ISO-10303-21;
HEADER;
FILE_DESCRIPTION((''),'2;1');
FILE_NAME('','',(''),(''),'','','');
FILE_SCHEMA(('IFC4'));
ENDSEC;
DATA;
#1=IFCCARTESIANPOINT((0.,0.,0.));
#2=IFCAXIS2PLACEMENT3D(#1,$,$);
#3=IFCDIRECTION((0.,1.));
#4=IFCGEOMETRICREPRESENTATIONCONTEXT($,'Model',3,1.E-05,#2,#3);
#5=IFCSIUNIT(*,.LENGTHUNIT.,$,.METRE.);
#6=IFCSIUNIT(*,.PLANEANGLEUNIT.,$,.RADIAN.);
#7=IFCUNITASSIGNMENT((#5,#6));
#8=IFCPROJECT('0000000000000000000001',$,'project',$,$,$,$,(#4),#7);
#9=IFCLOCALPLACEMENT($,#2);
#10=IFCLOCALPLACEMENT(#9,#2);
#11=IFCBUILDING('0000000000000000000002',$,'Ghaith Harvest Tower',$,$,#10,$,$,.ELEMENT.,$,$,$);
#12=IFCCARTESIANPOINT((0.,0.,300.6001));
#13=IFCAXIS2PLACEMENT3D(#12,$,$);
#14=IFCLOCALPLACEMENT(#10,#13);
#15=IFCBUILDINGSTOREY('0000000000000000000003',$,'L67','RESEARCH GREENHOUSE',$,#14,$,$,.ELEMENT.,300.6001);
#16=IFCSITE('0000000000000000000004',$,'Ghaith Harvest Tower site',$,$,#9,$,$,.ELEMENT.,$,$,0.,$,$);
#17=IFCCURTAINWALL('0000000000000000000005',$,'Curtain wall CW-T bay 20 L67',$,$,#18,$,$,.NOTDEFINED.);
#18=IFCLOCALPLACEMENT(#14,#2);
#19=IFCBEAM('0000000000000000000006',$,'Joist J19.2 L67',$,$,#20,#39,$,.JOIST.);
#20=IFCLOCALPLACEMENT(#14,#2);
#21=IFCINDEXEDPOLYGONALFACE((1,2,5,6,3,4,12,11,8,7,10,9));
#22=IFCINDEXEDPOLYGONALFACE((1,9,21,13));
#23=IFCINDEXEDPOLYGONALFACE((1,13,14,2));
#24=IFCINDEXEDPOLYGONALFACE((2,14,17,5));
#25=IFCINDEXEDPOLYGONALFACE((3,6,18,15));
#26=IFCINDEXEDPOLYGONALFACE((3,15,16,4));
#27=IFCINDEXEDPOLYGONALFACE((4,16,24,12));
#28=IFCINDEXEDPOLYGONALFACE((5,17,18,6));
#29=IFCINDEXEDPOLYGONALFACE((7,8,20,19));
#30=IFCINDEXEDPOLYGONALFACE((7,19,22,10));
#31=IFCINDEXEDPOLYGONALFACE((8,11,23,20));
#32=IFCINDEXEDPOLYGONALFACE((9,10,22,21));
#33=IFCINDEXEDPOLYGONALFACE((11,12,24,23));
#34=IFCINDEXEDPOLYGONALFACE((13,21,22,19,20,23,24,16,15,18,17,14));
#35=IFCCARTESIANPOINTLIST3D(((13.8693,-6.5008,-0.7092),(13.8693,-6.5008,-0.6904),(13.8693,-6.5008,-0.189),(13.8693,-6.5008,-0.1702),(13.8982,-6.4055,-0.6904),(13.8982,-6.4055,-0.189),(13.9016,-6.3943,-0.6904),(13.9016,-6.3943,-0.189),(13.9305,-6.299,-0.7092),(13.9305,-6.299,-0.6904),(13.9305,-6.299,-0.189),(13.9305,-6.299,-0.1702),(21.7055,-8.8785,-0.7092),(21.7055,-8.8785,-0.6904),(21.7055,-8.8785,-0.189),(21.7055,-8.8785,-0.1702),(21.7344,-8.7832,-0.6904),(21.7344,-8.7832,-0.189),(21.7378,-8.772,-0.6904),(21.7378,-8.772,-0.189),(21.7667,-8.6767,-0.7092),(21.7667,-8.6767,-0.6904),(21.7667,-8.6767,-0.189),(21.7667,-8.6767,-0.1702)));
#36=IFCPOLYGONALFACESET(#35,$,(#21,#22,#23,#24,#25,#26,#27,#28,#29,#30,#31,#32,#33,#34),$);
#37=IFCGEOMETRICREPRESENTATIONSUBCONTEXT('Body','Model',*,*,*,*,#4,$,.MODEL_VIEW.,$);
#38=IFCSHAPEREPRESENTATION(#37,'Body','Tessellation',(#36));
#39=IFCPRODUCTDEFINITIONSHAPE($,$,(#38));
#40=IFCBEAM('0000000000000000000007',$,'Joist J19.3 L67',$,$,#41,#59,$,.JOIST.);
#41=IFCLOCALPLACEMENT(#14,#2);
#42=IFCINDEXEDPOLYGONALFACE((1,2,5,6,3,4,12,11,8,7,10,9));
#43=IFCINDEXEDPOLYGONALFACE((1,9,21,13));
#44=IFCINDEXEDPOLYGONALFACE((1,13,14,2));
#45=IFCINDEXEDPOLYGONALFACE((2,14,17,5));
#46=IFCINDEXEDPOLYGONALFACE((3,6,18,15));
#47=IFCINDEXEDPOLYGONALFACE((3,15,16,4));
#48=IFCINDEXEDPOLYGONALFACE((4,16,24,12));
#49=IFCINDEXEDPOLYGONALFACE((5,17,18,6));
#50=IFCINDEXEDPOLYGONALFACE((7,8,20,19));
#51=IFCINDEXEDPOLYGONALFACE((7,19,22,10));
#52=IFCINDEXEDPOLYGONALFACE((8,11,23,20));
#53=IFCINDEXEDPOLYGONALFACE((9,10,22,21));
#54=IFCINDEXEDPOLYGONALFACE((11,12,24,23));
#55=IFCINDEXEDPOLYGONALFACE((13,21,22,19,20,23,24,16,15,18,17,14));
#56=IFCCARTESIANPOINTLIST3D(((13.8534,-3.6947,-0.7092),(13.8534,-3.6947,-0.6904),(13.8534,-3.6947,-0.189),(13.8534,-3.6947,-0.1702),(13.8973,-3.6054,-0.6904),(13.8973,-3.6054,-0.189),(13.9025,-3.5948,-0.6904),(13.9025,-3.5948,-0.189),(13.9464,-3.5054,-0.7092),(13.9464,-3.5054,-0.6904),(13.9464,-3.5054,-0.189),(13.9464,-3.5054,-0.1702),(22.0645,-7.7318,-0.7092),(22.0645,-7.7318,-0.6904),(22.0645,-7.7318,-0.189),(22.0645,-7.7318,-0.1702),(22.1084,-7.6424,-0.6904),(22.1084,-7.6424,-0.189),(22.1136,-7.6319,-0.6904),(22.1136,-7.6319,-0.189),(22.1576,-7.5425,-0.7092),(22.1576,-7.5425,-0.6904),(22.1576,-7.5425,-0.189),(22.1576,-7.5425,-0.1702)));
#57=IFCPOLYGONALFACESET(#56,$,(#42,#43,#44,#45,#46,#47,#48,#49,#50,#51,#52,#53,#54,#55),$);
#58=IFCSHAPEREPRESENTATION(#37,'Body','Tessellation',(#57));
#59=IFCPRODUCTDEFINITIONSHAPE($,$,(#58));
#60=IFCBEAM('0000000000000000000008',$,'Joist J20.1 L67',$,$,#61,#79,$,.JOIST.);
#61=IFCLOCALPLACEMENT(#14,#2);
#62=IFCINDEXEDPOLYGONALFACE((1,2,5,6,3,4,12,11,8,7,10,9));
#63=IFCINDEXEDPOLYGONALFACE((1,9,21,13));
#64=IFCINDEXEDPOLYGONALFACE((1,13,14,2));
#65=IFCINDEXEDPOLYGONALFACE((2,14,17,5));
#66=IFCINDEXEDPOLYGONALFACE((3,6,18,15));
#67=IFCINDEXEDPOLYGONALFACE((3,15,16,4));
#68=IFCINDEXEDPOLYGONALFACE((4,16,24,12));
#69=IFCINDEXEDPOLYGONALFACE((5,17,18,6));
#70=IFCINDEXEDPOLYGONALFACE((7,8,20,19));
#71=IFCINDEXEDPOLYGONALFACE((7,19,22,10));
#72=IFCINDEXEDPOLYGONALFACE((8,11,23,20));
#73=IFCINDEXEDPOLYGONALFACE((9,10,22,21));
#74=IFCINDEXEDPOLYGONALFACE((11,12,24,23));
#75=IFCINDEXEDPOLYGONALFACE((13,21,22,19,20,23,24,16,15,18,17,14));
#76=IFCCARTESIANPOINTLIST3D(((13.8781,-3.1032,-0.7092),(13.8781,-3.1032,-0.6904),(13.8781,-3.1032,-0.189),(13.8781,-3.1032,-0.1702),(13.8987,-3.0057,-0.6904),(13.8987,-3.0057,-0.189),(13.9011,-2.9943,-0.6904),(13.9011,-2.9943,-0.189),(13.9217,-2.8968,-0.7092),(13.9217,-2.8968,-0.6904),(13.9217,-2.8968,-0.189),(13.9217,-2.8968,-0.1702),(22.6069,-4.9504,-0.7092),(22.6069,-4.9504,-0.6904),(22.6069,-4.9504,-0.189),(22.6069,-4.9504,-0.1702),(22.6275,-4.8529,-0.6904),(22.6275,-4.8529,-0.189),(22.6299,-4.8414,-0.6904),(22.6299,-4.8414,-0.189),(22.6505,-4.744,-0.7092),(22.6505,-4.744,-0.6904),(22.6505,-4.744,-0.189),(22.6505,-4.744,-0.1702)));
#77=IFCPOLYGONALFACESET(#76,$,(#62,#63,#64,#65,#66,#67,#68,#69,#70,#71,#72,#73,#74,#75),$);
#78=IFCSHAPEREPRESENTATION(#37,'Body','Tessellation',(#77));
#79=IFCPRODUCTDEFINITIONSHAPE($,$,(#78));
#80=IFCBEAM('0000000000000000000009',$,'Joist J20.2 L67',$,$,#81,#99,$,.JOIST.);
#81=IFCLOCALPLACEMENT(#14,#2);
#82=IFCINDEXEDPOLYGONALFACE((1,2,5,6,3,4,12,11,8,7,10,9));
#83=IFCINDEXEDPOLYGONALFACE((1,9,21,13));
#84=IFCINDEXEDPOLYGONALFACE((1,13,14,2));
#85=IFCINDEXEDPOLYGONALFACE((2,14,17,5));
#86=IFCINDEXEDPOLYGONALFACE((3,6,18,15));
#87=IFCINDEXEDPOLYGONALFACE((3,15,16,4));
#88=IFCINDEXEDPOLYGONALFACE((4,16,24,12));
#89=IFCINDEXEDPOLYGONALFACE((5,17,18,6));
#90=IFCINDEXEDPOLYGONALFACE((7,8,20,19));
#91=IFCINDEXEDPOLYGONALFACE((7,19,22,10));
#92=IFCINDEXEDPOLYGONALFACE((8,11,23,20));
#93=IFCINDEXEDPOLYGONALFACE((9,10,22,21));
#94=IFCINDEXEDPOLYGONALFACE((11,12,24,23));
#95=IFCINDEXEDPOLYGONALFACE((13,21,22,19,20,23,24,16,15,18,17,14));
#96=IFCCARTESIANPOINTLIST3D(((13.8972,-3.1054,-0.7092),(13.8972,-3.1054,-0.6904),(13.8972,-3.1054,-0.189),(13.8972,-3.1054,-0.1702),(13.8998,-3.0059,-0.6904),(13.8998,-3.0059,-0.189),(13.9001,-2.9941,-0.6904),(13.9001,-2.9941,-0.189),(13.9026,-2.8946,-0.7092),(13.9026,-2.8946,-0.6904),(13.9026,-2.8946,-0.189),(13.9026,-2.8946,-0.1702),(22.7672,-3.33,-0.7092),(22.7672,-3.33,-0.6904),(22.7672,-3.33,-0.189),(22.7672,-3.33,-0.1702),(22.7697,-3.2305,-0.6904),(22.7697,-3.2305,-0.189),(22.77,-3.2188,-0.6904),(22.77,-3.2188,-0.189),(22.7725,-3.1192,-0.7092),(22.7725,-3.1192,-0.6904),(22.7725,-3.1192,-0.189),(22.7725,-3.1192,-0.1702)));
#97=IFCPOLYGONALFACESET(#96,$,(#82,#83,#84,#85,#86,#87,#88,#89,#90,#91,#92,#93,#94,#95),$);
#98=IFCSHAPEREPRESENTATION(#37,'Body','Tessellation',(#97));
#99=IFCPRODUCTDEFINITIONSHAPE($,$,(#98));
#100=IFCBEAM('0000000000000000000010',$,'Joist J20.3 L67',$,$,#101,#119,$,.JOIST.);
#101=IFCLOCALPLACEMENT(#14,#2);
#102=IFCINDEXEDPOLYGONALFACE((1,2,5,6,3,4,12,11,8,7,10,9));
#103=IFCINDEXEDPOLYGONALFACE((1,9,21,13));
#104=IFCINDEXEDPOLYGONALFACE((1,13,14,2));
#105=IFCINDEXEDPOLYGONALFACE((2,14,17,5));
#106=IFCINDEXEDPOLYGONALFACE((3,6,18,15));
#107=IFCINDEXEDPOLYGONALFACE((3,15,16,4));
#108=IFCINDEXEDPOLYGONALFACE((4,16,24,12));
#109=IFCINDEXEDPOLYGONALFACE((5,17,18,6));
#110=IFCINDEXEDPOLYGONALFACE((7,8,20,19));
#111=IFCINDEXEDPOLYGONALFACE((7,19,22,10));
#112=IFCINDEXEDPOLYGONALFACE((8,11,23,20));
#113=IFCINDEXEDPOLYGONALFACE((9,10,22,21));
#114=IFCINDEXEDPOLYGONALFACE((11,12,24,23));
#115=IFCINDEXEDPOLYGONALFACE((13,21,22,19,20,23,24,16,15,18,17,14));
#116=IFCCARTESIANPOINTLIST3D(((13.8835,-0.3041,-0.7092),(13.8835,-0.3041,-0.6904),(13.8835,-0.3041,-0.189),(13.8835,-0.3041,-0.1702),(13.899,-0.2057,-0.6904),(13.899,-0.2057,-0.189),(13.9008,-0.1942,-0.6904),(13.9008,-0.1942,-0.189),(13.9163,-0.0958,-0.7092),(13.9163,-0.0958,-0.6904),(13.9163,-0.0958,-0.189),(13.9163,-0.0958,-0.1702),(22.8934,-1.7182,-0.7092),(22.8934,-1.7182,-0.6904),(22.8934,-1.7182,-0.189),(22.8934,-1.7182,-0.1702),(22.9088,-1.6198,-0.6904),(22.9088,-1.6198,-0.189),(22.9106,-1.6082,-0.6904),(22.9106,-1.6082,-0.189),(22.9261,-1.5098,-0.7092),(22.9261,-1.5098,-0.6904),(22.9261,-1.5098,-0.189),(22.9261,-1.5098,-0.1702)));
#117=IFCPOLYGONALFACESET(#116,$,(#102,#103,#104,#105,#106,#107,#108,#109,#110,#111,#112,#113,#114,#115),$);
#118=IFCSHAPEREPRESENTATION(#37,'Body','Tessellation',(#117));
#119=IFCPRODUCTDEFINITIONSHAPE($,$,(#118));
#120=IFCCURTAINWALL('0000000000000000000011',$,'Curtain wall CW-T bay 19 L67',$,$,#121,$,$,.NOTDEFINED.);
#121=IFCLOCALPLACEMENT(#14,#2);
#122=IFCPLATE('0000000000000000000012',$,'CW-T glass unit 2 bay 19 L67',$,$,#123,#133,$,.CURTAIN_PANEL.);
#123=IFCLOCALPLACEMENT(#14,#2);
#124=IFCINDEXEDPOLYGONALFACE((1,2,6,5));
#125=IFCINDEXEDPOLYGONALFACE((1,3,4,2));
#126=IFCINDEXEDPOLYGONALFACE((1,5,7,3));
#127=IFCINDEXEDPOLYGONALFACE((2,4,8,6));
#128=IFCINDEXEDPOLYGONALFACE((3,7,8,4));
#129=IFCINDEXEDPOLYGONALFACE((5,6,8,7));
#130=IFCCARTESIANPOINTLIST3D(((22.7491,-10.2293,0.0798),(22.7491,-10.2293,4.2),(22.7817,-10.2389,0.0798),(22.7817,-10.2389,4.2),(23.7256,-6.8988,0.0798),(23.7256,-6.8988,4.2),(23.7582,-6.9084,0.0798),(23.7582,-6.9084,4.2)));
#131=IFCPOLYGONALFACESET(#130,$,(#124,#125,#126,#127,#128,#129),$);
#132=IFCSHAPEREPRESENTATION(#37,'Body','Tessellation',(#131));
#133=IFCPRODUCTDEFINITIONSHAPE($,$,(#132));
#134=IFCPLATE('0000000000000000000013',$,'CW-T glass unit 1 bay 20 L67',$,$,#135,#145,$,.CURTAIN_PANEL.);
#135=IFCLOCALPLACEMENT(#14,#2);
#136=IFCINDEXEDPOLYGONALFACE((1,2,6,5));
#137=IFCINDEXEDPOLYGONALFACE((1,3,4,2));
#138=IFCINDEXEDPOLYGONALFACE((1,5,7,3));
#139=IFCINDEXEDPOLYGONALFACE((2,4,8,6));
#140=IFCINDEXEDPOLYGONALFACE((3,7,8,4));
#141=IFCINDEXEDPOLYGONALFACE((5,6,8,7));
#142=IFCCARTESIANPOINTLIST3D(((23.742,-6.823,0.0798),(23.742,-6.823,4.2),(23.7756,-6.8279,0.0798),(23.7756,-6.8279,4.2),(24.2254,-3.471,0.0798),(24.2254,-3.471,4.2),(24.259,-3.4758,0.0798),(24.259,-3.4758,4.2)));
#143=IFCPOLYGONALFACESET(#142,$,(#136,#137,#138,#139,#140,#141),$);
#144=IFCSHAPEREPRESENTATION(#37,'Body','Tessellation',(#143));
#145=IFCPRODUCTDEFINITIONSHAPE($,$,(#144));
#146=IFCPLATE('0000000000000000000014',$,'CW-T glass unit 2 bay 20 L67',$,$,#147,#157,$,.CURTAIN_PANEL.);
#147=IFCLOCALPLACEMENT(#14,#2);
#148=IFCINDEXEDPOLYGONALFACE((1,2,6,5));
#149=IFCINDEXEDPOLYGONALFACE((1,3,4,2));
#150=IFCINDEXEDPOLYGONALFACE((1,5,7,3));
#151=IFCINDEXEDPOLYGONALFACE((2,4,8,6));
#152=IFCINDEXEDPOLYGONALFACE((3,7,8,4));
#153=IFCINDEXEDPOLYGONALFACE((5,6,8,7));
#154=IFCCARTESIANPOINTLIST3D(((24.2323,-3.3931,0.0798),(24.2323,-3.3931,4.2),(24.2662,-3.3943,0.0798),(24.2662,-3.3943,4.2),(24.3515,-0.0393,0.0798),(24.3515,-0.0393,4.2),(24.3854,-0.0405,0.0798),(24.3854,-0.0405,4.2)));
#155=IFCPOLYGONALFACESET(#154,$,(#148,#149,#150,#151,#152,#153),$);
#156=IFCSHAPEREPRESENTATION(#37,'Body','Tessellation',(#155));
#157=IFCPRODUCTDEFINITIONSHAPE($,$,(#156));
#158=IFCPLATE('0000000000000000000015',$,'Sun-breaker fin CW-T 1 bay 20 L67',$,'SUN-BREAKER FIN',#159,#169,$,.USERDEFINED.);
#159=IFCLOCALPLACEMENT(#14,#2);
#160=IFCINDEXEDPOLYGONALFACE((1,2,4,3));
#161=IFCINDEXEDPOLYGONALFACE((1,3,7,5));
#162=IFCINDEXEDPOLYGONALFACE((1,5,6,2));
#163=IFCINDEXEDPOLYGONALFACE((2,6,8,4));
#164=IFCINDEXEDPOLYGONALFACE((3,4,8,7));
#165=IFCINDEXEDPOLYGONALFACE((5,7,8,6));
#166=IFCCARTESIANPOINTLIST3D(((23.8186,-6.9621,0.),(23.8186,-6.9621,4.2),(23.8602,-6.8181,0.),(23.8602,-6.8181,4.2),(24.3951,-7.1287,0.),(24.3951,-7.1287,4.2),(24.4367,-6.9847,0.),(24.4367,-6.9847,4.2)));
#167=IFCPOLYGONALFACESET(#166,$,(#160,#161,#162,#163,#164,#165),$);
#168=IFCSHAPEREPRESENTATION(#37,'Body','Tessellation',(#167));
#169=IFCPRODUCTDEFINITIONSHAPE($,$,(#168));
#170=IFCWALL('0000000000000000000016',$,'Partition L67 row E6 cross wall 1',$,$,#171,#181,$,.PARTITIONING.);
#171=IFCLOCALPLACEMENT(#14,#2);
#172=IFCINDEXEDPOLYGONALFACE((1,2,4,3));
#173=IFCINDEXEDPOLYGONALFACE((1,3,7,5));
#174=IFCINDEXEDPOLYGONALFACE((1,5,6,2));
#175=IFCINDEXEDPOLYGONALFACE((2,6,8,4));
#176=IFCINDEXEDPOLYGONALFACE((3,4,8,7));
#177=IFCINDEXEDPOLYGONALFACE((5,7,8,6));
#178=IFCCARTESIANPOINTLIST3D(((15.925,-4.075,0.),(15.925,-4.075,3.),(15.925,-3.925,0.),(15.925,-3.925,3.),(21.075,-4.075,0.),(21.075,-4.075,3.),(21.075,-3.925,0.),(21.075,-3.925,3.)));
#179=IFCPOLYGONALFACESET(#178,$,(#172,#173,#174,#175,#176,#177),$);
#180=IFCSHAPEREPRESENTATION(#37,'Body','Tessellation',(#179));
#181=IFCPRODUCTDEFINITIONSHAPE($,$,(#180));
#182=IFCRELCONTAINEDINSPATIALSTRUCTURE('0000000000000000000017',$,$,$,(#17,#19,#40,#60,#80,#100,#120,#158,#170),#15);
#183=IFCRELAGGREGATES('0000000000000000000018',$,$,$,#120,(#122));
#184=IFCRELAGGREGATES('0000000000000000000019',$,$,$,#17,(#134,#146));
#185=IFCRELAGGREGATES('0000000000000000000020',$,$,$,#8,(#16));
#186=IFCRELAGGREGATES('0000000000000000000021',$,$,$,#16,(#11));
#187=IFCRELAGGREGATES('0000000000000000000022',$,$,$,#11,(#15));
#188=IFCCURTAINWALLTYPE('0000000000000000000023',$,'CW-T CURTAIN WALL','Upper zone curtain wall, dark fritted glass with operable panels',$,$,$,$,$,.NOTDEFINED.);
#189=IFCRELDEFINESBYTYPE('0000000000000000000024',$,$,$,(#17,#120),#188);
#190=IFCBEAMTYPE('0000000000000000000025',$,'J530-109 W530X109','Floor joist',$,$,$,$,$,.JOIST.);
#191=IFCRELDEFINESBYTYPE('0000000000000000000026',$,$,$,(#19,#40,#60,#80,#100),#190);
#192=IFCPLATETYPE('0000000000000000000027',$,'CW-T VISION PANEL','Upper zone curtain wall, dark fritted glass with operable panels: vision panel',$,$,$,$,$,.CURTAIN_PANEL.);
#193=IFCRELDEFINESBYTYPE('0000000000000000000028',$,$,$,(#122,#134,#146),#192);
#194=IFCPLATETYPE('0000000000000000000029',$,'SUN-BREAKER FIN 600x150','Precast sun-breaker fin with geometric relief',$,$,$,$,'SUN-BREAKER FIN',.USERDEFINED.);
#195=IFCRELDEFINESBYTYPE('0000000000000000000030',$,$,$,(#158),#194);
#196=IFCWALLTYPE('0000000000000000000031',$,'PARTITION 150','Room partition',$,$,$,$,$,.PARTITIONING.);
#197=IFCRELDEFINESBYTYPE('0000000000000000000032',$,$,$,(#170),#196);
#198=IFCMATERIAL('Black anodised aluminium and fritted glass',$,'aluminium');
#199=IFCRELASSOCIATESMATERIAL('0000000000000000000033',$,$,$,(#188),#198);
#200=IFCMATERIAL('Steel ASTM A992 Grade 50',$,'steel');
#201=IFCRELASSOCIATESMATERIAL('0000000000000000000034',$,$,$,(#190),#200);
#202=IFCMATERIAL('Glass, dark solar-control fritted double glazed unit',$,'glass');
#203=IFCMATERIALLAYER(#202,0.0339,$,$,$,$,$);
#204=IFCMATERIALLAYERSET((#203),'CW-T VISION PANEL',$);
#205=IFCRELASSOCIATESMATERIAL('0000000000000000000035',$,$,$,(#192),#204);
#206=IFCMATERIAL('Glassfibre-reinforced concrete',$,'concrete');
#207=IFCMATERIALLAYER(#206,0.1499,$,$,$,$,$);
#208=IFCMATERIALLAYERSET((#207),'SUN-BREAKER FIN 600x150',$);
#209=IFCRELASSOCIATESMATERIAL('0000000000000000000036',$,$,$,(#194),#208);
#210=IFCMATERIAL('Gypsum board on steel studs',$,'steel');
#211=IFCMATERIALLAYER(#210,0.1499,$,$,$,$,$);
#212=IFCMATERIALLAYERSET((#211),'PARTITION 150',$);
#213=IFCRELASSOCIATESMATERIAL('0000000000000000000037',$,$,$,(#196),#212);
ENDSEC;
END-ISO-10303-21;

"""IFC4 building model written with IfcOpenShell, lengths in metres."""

from ifc_helpers import new_model, si_unit, direction, frame, frame_2d, origin, origin_2d, place, context, subcontext, project, spatial, rectangle, i_section, extrude, material, layer, layer_set, material_profile, profile_set, type_object, element, aggregate, save


model = new_model("IFC4")

# Units and contexts
model_context = context("Model", 3, precision=1e-05, world=origin(), true_north=direction((0.0, 1.0)))
body_context = subcontext(model_context, "Body", "Model", "MODEL_VIEW")
ifc_project = project(units=[si_unit("LENGTHUNIT", "METRE"), si_unit("PLANEANGLEUNIT", "RADIAN")], contexts=[model_context])

# Site, building, storey
site_placement = place(None, origin())
site = spatial("IfcSite", under=ifc_project, at=site_placement, Name="Ghaith Harvest Tower site", CompositionType="ELEMENT", RefElevation=0.0)
building_placement = place(site_placement, origin())
building = spatial("IfcBuilding", under=site, at=building_placement, Name="Ghaith Harvest Tower", CompositionType="ELEMENT")
storey_placement = place(building_placement, frame((0.0, 0.0, 300.6001)))
storey = spatial("IfcBuildingStorey", under=building, at=storey_placement, Name="L67", Description="RESEARCH GREENHOUSE", CompositionType="ELEMENT", Elevation=300.6001)

# Curtain wall
ifc_material_1 = material(Name="Black anodised aluminium and fritted glass", Category="aluminium")
curtain_wall_type = type_object("IfcCurtainWallType", Name="CW-T CURTAIN WALL", Description="Upper zone curtain wall, dark fritted glass with operable panels", PredefinedType="NOTDEFINED", material=ifc_material_1)
curtain_wall_1_placement = place(storey_placement, origin())
curtain_wall_1 = element("IfcCurtainWall", 1, at=curtain_wall_1_placement, inside=storey, type_object=curtain_wall_type, Name="Curtain wall CW-T bay 20 L67", PredefinedType="NOTDEFINED")

# Beams
ifc_material_2 = material(Name="Steel ASTM A992 Grade 50", Category="steel")
ifc_material_profile_1 = material_profile(ifc_material_2, i_section(OverallWidth=0.2109, OverallDepth=0.5391, WebThickness=0.0117, FlangeThickness=0.0188, at=origin_2d()), Name="W530X109")
ifc_profile_set_1 = profile_set([ifc_material_profile_1], Name="Steel ASTM A992 Grade 50")
beam_type_1 = type_object("IfcBeamType", Name="J530-109 W530X109", Description="Floor joist", PredefinedType="JOIST", material=ifc_profile_set_1)
beam_1_placement = place(storey_placement, frame((13.8999, -6.3999, -0.4397), z_axis=(0.95692, -0.290352, 0.0), x_axis=(0.290352, 0.95692, 0.0)))
element("IfcBeam", 2, at=beam_1_placement, inside=storey, type_object=beam_type_1, Name="Joist J19.2 L67", PredefinedType="JOIST", context=body_context, shape_type="SweptSolid", body=[
    extrude(i_section(OverallWidth=0.2109, OverallDepth=0.5391, WebThickness=0.0117, FlangeThickness=0.0188, at=origin_2d()), origin(), (0.0, 0.0, 1.0), 8.189),
])
beam_2_placement = place(storey_placement, frame((13.8999, -3.6001, -0.4397), z_axis=(0.897401, -0.441216, 0.0), x_axis=(0.441216, 0.897401, 0.0)))
element("IfcBeam", 3, at=beam_2_placement, inside=storey, type_object=beam_type_1, Name="Joist J19.3 L67", PredefinedType="JOIST", context=body_context, shape_type="SweptSolid", body=[
    extrude(i_section(OverallWidth=0.2109, OverallDepth=0.5391, WebThickness=0.0117, FlangeThickness=0.0188, at=origin_2d()), origin(), (0.0, 0.0, 1.0), 9.1499),
])
beam_3_placement = place(storey_placement, frame((13.8999, -3.0, -0.4397), z_axis=(0.978334, -0.207034, 0.0), x_axis=(0.207034, 0.978334, 0.0)))
element("IfcBeam", 4, at=beam_3_placement, inside=storey, type_object=beam_type_1, Name="Joist J20.1 L67", PredefinedType="JOIST", context=body_context, shape_type="SweptSolid", body=[
    extrude(i_section(OverallWidth=0.2109, OverallDepth=0.5391, WebThickness=0.0117, FlangeThickness=0.0188, at=origin_2d()), origin(), (0.0, 0.0, 1.0), 8.9221),
])
beam_4_placement = place(storey_placement, frame((13.8999, -3.0, -0.4397), z_axis=(0.99968, -0.025315, 0.0), x_axis=(0.025315, 0.99968, 0.0)))
element("IfcBeam", 5, at=beam_4_placement, inside=storey, type_object=beam_type_1, Name="Joist J20.2 L67", PredefinedType="JOIST", context=body_context, shape_type="SweptSolid", body=[
    extrude(i_section(OverallWidth=0.2109, OverallDepth=0.5391, WebThickness=0.0117, FlangeThickness=0.0188, at=origin_2d()), origin(), (0.0, 0.0, 1.0), 8.8728),
])
beam_5_placement = place(storey_placement, frame((13.8999, -0.2, -0.4397), z_axis=(0.987907, -0.15505, 0.0), x_axis=(0.15505, 0.987907, 0.0)))
element("IfcBeam", 6, at=beam_5_placement, inside=storey, type_object=beam_type_1, Name="Joist J20.3 L67", PredefinedType="JOIST", context=body_context, shape_type="SweptSolid", body=[
    extrude(i_section(OverallWidth=0.2109, OverallDepth=0.5391, WebThickness=0.0117, FlangeThickness=0.0188, at=origin_2d()), origin(), (0.0, 0.0, 1.0), 9.1201),
])

# Curtain wall, plate
curtain_wall_2_placement = place(storey_placement, origin())
curtain_wall_2 = element("IfcCurtainWall", 7, at=curtain_wall_2_placement, inside=storey, type_object=curtain_wall_type, Name="Curtain wall CW-T bay 19 L67", PredefinedType="NOTDEFINED")
ifc_material_3 = material(Name="Glass, dark solar-control fritted double glazed unit", Category="glass")
ifc_layer_1 = layer(ifc_material_3, 0.0339)
ifc_layer_set_1 = layer_set([ifc_layer_1], Name="CW-T VISION PANEL")
plate_type_1 = type_object("IfcPlateType", Name="CW-T VISION PANEL", Description="Upper zone curtain wall, dark fritted glass with operable panels: vision panel", PredefinedType="CURTAIN_PANEL", material=ifc_layer_set_1)
plate_1_placement = place(storey_placement, frame((23.2537, -8.5688, 0.0798), z_axis=(0.0, 0.0, 1.0), x_axis=(0.281345, 0.959607, 0.0)))
plate_1 = element("IfcPlate", 8, at=plate_1_placement, type_object=plate_type_1, Name="CW-T glass unit 2 bay 19 L67", PredefinedType="CURTAIN_PANEL", context=body_context, shape_type="SweptSolid", body=[
    extrude(rectangle(XDim=3.4707, YDim=0.0339, at=origin_2d()), origin(), (0.0, 0.0, 1.0), 4.1201),
])
aggregate(curtain_wall_2, [plate_1])

# Plates
plate_2_placement = place(storey_placement, frame((24.0005, -5.1494, 0.0798), z_axis=(0.0, 0.0, 1.0), x_axis=(0.14273, 0.989762, 0.0)))
plate_2 = element("IfcPlate", 9, at=plate_2_placement, type_object=plate_type_1, Name="CW-T glass unit 1 bay 20 L67", PredefinedType="CURTAIN_PANEL", context=body_context, shape_type="SweptSolid", body=[
    extrude(rectangle(XDim=3.3867, YDim=0.0339, at=origin_2d()), origin(), (0.0, 0.0, 1.0), 4.1201),
])
plate_3_placement = place(storey_placement, frame((24.3088, -1.7168, 0.0798), z_axis=(0.0, 0.0, 1.0), x_axis=(0.035536, 0.999368, 0.0)))
plate_3 = element("IfcPlate", 10, at=plate_3_placement, type_object=plate_type_1, Name="CW-T glass unit 2 bay 20 L67", PredefinedType="CURTAIN_PANEL", context=body_context, shape_type="SweptSolid", body=[
    extrude(rectangle(XDim=3.356, YDim=0.0339, at=origin_2d()), origin(), (0.0, 0.0, 1.0), 4.1201),
])
aggregate(curtain_wall_1, [plate_2, plate_3])
ifc_material_4 = material(Name="Glassfibre-reinforced concrete", Category="concrete")
ifc_layer_2 = layer(ifc_material_4, 0.1499)
ifc_layer_set_2 = layer_set([ifc_layer_2], Name="SUN-BREAKER FIN 600x150")
plate_type_2 = type_object("IfcPlateType", Name="SUN-BREAKER FIN 600x150", Description="Precast sun-breaker fin with geometric relief", ElementType="SUN-BREAKER FIN", PredefinedType="USERDEFINED", material=ifc_layer_set_2)
plate_4_placement = place(storey_placement, frame((24.1277, -6.9734, 0.0), z_axis=(0.0, 0.0, 1.0), x_axis=(0.96068, -0.277657, 0.0)))
element("IfcPlate", 11, at=plate_4_placement, inside=storey, type_object=plate_type_2, Name="Sun-breaker fin CW-T 1 bay 20 L67", ObjectType="SUN-BREAKER FIN", PredefinedType="USERDEFINED", context=body_context, shape_type="SweptSolid", body=[
    extrude(rectangle(XDim=0.6001, YDim=0.1499, at=origin_2d()), origin(), (0.0, 0.0, 1.0), 4.2),
])

# Wall
ifc_material_5 = material(Name="Gypsum board on steel studs", Category="steel")
ifc_layer_3 = layer(ifc_material_5, 0.1499)
ifc_layer_set_3 = layer_set([ifc_layer_3], Name="PARTITION 150")
wall_type_1 = type_object("IfcWallType", Name="PARTITION 150", Description="Room partition", PredefinedType="PARTITIONING", material=ifc_layer_set_3)
wall_1_placement = place(storey_placement, frame((15.925, -4.0, 0.0), z_axis=(0.0, 0.0, 1.0), x_axis=(1.0, 0.0, 0.0)))
element("IfcWall", 12, at=wall_1_placement, inside=storey, type_object=wall_type_1, Name="Partition L67 row E6 cross wall 1", PredefinedType="PARTITIONING", context=body_context, shape_type="SweptSolid", body=[
    extrude(rectangle(XDim=5.1499, YDim=0.1499, at=frame_2d((2.575, 0.0))), origin(), (0.0, 0.0, 1.0), 3.0),
])

save(model, "model.ifc")
